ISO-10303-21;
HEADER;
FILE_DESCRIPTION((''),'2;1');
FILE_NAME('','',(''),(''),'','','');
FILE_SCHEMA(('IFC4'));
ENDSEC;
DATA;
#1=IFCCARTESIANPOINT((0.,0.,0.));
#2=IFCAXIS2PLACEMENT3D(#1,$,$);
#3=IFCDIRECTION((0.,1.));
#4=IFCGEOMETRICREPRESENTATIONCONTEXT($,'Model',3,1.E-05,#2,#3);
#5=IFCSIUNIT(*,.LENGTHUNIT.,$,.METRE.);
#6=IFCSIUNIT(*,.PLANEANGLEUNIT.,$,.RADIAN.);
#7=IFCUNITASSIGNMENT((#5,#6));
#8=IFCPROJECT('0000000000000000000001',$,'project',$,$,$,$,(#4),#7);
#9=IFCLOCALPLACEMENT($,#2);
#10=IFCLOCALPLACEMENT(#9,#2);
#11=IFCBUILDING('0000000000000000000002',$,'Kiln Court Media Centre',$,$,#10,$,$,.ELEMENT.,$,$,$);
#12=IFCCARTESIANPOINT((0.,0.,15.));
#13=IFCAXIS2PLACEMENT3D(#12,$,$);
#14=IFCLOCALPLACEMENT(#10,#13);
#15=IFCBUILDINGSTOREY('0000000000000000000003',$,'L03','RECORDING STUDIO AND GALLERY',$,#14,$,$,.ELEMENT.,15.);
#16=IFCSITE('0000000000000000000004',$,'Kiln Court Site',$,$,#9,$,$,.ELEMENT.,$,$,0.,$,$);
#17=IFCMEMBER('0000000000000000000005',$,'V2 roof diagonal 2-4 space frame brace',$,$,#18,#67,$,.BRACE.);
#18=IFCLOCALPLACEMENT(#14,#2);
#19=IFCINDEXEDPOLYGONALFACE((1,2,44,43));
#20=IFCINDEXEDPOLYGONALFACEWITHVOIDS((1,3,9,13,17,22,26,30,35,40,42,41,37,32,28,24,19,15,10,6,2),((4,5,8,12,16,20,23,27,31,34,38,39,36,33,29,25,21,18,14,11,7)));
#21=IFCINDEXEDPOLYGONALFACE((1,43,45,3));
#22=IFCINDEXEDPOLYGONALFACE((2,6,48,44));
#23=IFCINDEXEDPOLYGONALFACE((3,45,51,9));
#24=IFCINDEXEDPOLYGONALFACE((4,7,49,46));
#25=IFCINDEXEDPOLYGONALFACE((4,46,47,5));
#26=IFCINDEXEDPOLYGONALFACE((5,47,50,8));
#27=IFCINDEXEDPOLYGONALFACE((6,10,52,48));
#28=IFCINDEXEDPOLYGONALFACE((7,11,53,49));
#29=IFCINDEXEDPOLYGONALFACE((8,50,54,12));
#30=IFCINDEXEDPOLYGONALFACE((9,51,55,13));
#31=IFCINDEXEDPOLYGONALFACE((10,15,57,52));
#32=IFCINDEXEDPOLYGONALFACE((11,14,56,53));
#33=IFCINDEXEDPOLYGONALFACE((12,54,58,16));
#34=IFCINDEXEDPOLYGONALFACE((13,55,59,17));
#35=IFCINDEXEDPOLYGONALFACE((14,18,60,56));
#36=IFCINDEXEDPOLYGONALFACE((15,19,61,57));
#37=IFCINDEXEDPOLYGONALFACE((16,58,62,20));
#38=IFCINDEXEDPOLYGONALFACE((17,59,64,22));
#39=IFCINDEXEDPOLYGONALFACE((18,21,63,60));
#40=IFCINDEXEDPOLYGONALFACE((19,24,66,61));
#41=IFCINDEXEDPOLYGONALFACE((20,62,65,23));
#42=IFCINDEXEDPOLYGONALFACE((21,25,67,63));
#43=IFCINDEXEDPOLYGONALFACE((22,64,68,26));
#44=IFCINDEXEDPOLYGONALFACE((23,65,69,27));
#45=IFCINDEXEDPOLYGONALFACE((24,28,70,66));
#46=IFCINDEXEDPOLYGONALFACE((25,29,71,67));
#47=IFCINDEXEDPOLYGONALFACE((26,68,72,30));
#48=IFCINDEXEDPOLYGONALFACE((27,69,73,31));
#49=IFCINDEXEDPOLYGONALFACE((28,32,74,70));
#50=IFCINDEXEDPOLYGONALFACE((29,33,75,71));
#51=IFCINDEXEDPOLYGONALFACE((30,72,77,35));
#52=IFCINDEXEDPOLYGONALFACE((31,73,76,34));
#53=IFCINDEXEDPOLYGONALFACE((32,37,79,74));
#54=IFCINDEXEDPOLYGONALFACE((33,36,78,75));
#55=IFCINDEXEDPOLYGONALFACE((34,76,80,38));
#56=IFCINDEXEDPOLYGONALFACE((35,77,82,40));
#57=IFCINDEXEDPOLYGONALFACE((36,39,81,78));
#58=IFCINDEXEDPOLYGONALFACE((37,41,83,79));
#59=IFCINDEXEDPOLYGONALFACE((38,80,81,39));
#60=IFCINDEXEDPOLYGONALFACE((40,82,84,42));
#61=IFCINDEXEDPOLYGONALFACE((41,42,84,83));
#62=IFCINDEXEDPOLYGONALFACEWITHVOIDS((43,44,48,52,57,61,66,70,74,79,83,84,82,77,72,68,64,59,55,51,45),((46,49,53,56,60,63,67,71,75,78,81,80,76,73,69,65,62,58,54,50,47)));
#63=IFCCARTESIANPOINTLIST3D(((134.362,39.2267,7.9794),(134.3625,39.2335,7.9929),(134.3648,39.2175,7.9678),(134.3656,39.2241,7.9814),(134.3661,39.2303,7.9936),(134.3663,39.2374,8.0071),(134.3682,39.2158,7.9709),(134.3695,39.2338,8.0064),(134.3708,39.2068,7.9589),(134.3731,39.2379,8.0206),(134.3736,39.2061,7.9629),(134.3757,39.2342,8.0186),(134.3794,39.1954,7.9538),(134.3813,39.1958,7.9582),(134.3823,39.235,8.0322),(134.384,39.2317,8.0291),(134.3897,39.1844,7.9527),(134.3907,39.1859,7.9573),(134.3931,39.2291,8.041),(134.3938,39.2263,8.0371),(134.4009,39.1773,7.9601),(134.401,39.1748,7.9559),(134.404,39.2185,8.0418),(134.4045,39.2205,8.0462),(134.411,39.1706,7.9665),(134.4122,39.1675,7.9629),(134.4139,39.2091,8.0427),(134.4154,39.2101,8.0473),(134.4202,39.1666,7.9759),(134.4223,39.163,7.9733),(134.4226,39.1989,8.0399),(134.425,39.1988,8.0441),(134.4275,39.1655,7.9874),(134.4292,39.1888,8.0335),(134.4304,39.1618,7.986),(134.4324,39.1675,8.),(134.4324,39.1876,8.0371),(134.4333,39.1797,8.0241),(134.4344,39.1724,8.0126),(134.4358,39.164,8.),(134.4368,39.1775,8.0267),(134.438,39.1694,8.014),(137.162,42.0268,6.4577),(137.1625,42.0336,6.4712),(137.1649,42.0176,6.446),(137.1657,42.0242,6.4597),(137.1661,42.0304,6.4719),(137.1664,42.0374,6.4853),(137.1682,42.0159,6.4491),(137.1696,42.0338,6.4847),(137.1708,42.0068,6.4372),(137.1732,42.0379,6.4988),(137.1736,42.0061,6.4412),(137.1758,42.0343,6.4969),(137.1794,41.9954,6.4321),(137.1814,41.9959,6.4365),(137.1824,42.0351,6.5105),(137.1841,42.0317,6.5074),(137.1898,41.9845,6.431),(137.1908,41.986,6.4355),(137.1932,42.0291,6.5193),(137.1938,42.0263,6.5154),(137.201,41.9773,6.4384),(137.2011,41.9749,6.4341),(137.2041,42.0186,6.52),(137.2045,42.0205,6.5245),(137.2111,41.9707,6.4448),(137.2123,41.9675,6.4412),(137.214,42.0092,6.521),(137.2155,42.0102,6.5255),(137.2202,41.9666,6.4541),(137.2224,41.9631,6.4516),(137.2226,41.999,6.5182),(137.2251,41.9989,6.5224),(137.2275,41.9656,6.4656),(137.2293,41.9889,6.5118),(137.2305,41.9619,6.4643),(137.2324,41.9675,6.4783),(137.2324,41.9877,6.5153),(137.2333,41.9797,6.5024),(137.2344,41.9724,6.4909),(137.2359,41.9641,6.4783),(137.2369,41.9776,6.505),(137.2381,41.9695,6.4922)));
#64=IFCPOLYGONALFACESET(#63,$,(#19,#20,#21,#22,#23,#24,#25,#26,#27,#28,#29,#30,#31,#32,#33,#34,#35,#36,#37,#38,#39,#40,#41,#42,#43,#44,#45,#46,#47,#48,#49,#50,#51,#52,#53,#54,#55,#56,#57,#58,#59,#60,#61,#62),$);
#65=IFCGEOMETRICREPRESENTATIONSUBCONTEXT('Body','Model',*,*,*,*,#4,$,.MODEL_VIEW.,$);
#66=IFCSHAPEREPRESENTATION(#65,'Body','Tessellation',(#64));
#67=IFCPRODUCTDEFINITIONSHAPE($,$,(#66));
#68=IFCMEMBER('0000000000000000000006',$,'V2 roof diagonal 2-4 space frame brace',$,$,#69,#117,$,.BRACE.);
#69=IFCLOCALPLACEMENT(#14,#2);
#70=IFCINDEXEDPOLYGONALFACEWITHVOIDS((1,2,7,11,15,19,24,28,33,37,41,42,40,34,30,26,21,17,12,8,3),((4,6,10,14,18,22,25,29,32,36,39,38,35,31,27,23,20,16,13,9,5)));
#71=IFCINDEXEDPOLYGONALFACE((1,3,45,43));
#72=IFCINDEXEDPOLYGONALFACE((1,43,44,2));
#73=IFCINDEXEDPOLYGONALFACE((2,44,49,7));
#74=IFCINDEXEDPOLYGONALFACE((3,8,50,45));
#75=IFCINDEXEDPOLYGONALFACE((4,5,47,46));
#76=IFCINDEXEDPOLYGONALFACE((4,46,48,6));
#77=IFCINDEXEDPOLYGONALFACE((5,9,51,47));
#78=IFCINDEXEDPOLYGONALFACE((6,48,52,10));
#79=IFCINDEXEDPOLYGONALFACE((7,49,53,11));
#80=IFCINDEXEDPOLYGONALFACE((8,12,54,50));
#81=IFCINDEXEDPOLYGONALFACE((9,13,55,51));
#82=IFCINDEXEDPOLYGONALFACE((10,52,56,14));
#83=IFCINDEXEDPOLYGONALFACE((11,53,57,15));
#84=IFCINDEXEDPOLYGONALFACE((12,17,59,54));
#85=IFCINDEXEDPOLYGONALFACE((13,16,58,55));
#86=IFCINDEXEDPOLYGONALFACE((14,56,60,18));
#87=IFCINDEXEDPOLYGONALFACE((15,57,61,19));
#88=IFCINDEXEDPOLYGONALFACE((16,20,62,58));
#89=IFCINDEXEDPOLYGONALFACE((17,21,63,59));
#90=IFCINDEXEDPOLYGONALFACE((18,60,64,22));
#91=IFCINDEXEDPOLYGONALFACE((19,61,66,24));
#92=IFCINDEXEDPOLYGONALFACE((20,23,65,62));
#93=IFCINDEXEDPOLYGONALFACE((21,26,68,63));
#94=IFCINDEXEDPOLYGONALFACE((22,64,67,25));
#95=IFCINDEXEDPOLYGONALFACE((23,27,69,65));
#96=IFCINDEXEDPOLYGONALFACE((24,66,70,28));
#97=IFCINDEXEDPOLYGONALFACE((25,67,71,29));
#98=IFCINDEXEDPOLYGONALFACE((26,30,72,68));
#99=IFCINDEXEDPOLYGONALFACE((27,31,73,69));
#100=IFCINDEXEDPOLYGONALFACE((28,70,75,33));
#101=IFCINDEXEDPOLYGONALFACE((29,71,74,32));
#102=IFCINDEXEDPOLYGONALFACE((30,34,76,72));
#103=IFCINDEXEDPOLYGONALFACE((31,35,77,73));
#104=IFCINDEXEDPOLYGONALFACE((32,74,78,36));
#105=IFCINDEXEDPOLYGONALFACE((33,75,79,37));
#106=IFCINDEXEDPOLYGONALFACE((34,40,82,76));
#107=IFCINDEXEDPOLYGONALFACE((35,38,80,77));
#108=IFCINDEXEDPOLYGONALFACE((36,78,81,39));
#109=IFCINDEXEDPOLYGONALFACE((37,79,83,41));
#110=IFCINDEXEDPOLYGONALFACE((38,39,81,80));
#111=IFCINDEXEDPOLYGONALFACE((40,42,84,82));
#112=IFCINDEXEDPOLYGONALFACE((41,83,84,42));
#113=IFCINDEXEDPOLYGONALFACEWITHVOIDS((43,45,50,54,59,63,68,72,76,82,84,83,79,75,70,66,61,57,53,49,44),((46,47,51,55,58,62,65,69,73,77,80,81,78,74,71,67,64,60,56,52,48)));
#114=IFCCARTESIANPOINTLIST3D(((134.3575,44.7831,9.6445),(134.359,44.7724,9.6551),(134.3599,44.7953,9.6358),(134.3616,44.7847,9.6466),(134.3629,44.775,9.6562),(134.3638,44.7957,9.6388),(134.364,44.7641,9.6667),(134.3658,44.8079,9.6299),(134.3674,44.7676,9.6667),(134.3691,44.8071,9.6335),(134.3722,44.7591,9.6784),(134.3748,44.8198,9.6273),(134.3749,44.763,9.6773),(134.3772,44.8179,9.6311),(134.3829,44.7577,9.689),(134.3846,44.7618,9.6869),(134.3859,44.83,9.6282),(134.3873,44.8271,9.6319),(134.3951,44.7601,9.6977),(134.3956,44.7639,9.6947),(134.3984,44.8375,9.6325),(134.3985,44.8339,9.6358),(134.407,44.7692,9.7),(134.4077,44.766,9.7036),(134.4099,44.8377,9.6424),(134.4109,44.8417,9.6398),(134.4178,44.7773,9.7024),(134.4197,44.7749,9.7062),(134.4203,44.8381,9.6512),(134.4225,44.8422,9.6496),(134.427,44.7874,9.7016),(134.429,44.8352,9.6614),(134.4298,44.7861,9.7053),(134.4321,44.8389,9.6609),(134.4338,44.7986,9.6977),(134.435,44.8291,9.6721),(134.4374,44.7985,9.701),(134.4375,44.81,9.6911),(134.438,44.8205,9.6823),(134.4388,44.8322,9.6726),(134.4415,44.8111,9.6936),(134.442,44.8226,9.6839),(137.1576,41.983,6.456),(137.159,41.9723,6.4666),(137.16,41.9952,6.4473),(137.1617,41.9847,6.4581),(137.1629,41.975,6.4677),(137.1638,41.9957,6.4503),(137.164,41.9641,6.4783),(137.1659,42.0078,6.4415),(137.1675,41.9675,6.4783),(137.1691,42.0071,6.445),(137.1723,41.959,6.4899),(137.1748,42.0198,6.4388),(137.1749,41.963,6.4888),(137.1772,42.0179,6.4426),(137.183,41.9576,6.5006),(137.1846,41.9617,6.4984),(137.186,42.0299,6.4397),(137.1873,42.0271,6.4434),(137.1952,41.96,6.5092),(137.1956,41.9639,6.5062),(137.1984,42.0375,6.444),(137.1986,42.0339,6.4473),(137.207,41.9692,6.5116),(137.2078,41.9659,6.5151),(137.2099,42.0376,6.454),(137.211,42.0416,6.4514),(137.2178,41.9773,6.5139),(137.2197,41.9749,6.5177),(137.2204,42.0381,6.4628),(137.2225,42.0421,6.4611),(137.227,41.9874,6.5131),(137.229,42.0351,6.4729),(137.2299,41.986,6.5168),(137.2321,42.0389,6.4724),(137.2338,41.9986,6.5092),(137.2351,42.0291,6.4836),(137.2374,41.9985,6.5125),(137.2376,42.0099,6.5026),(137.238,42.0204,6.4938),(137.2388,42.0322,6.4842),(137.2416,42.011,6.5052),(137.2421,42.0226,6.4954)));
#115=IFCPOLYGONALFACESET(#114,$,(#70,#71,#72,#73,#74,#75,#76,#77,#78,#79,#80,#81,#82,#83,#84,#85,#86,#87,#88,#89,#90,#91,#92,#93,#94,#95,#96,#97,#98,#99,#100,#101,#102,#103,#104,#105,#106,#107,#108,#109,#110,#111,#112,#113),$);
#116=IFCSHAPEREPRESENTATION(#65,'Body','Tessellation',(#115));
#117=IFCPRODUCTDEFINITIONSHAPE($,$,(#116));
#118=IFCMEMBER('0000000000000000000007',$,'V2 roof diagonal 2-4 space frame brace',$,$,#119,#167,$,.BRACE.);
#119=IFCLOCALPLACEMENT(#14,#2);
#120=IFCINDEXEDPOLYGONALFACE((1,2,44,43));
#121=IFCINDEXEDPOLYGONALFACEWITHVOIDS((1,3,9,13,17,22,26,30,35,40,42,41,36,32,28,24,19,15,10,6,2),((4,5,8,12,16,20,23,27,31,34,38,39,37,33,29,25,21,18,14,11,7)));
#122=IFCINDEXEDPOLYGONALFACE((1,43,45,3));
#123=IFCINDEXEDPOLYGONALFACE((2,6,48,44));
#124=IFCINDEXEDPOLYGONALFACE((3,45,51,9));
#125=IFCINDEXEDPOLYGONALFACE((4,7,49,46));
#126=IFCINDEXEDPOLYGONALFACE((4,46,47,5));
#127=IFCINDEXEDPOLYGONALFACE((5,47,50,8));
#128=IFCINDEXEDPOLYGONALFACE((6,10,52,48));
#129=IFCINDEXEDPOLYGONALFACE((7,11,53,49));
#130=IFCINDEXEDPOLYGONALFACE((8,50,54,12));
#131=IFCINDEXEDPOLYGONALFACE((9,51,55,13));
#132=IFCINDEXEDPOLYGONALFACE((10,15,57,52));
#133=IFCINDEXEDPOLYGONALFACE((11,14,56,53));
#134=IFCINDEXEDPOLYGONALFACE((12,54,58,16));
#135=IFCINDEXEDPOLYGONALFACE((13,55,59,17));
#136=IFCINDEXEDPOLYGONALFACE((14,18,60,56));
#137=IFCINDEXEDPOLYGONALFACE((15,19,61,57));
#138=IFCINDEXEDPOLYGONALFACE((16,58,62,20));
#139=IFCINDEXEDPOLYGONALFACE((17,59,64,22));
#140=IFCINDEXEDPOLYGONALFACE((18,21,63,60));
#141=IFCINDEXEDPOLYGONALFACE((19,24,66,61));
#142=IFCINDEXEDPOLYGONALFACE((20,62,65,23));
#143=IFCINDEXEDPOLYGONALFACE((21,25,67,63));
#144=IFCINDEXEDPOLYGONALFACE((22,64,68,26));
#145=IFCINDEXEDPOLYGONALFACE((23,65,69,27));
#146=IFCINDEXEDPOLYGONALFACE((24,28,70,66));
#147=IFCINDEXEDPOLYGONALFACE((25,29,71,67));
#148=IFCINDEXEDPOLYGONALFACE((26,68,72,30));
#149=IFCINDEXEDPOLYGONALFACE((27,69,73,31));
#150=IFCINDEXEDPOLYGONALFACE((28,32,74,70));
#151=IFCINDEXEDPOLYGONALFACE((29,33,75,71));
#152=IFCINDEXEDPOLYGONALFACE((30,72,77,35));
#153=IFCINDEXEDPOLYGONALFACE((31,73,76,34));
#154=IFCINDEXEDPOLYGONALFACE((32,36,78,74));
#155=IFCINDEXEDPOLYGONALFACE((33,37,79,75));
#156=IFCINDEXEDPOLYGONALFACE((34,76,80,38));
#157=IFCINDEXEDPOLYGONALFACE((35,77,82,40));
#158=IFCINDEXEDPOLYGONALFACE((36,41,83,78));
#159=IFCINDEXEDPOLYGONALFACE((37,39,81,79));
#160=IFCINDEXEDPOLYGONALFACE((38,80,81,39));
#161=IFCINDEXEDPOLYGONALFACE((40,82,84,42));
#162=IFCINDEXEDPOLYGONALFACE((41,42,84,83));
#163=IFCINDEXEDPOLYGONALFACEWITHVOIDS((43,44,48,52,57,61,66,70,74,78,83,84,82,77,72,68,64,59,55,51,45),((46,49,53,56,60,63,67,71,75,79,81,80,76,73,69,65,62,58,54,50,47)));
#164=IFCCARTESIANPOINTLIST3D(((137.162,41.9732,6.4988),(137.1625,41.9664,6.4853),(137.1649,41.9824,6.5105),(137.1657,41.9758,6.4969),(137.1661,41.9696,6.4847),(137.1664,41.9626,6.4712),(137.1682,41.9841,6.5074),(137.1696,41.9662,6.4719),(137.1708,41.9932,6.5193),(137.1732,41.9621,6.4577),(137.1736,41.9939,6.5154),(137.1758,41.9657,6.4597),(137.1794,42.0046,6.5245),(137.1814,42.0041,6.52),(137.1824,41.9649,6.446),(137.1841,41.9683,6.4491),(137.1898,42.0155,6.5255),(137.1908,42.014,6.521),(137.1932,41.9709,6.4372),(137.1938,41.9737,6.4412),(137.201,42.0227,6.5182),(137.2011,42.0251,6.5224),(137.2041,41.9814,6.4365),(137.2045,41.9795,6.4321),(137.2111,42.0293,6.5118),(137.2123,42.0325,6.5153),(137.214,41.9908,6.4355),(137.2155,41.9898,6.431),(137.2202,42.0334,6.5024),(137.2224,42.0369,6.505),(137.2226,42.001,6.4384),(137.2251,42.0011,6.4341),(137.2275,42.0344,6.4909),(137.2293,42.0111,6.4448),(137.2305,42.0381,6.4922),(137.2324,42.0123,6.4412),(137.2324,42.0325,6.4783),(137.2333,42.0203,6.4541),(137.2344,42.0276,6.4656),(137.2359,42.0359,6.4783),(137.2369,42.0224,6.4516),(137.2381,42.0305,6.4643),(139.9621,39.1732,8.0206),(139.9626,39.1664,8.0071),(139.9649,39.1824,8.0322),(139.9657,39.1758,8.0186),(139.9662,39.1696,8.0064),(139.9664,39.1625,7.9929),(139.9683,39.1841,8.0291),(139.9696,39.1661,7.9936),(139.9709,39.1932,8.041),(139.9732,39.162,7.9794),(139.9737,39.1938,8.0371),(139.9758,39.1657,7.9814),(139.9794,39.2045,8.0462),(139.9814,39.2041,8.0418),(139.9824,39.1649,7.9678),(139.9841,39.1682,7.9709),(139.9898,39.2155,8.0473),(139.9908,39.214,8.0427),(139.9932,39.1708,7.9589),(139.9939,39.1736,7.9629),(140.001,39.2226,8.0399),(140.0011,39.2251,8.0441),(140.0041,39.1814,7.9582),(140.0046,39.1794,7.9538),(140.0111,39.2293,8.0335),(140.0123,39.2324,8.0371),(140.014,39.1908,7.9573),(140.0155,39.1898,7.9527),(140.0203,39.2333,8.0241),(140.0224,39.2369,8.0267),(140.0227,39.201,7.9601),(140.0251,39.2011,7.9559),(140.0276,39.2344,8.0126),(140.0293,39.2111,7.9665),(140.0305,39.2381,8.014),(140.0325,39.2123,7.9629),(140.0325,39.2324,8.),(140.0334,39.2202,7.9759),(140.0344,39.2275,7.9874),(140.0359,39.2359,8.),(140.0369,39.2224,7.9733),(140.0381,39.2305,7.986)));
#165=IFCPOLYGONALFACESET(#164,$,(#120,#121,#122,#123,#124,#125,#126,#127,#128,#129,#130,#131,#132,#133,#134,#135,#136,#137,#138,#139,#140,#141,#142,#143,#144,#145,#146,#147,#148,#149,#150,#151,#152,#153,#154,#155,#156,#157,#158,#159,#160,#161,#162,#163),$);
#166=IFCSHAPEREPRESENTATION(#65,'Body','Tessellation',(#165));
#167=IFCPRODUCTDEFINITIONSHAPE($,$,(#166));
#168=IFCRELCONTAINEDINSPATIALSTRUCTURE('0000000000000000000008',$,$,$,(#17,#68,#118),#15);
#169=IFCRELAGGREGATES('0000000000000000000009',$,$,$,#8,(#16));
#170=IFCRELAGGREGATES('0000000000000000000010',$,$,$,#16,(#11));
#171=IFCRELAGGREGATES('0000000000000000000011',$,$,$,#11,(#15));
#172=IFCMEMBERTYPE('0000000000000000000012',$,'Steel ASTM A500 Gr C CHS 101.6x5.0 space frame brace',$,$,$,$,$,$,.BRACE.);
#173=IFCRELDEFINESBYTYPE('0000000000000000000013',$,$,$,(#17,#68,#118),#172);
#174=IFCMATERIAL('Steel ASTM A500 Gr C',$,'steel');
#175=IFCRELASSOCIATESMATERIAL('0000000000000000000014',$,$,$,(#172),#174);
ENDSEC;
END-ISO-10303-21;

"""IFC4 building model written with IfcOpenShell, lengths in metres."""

from ifc_helpers import new_model, si_unit, direction, frame, origin, origin_2d, place, context, subcontext, project, spatial, hollow_circle, extrude, material, material_profile, profile_set, type_object, element, save


model = new_model("IFC4")

# Units and contexts
model_context = context("Model", 3, precision=1e-05, world=origin(), true_north=direction((0.0, 1.0)))
body_context = subcontext(model_context, "Body", "Model", "MODEL_VIEW")
ifc_project = project(units=[si_unit("LENGTHUNIT", "METRE"), si_unit("PLANEANGLEUNIT", "RADIAN")], contexts=[model_context])

# Site, building, storey
site_placement = place(None, origin())
site = spatial("IfcSite", under=ifc_project, at=site_placement, Name="Kiln Court Site", CompositionType="ELEMENT", RefElevation=0.0)
building_placement = place(site_placement, origin())
building = spatial("IfcBuilding", under=site, at=building_placement, Name="Kiln Court Media Centre", CompositionType="ELEMENT")
storey_placement = place(building_placement, frame((0.0, 0.0, 15.0)))
storey = spatial("IfcBuildingStorey", under=building, at=storey_placement, Name="L03", Description="RECORDING STUDIO AND GALLERY", CompositionType="ELEMENT", Elevation=15.0)

# Members
ifc_material_1 = material(Name="Steel ASTM A500 Gr C", Category="steel")
ifc_material_profile_1 = material_profile(ifc_material_1, hollow_circle(Radius=0.0508, WallThickness=0.0049, at=origin_2d()), Name="CHS 101.6x5.0")
ifc_profile_set_1 = profile_set([ifc_material_profile_1], Name="Steel ASTM A500 Gr C")
member_type_1 = type_object("IfcMemberType", Name="Steel ASTM A500 Gr C CHS 101.6x5.0 space frame brace", PredefinedType="BRACE", material=ifc_profile_set_1)
member_1_placement = place(storey_placement, frame((137.2, 42.0, 6.4783), z_axis=(-0.660047, -0.660047, 0.358713), x_axis=(0.707107, -0.707107, 0.0)))
element("IfcMember", 1, at=member_1_placement, inside=storey, type_object=member_type_1, Name="V2 roof diagonal 2-4 space frame brace", PredefinedType="BRACE", context=body_context, shape_type="SweptSolid", body=[
    extrude(hollow_circle(Radius=0.0508, WallThickness=0.0049, at=origin_2d()), origin(), (0.0, 0.0, 1.0), 4.2422),
])
member_2_placement = place(storey_placement, frame((137.2, 42.0, 6.4783), z_axis=(-0.550758, 0.550758, 0.627161), x_axis=(-0.707107, -0.707107, 0.0)))
element("IfcMember", 2, at=member_2_placement, inside=storey, type_object=member_type_1, Name="V2 roof diagonal 2-4 space frame brace", PredefinedType="BRACE", context=body_context, shape_type="SweptSolid", body=[
    extrude(hollow_circle(Radius=0.0508, WallThickness=0.0049, at=origin_2d()), origin(), (0.0, 0.0, 1.0), 5.084),
])
member_3_placement = place(storey_placement, frame((137.2, 42.0, 6.4783), z_axis=(0.660047, -0.660047, 0.358713), x_axis=(0.707107, 0.707107, 0.0)))
element("IfcMember", 3, at=member_3_placement, inside=storey, type_object=member_type_1, Name="V2 roof diagonal 2-4 space frame brace", PredefinedType="BRACE", context=body_context, shape_type="SweptSolid", body=[
    extrude(hollow_circle(Radius=0.0508, WallThickness=0.0049, at=origin_2d()), origin(), (0.0, 0.0, 1.0), 4.2422),
])

save(model, "model.ifc")
